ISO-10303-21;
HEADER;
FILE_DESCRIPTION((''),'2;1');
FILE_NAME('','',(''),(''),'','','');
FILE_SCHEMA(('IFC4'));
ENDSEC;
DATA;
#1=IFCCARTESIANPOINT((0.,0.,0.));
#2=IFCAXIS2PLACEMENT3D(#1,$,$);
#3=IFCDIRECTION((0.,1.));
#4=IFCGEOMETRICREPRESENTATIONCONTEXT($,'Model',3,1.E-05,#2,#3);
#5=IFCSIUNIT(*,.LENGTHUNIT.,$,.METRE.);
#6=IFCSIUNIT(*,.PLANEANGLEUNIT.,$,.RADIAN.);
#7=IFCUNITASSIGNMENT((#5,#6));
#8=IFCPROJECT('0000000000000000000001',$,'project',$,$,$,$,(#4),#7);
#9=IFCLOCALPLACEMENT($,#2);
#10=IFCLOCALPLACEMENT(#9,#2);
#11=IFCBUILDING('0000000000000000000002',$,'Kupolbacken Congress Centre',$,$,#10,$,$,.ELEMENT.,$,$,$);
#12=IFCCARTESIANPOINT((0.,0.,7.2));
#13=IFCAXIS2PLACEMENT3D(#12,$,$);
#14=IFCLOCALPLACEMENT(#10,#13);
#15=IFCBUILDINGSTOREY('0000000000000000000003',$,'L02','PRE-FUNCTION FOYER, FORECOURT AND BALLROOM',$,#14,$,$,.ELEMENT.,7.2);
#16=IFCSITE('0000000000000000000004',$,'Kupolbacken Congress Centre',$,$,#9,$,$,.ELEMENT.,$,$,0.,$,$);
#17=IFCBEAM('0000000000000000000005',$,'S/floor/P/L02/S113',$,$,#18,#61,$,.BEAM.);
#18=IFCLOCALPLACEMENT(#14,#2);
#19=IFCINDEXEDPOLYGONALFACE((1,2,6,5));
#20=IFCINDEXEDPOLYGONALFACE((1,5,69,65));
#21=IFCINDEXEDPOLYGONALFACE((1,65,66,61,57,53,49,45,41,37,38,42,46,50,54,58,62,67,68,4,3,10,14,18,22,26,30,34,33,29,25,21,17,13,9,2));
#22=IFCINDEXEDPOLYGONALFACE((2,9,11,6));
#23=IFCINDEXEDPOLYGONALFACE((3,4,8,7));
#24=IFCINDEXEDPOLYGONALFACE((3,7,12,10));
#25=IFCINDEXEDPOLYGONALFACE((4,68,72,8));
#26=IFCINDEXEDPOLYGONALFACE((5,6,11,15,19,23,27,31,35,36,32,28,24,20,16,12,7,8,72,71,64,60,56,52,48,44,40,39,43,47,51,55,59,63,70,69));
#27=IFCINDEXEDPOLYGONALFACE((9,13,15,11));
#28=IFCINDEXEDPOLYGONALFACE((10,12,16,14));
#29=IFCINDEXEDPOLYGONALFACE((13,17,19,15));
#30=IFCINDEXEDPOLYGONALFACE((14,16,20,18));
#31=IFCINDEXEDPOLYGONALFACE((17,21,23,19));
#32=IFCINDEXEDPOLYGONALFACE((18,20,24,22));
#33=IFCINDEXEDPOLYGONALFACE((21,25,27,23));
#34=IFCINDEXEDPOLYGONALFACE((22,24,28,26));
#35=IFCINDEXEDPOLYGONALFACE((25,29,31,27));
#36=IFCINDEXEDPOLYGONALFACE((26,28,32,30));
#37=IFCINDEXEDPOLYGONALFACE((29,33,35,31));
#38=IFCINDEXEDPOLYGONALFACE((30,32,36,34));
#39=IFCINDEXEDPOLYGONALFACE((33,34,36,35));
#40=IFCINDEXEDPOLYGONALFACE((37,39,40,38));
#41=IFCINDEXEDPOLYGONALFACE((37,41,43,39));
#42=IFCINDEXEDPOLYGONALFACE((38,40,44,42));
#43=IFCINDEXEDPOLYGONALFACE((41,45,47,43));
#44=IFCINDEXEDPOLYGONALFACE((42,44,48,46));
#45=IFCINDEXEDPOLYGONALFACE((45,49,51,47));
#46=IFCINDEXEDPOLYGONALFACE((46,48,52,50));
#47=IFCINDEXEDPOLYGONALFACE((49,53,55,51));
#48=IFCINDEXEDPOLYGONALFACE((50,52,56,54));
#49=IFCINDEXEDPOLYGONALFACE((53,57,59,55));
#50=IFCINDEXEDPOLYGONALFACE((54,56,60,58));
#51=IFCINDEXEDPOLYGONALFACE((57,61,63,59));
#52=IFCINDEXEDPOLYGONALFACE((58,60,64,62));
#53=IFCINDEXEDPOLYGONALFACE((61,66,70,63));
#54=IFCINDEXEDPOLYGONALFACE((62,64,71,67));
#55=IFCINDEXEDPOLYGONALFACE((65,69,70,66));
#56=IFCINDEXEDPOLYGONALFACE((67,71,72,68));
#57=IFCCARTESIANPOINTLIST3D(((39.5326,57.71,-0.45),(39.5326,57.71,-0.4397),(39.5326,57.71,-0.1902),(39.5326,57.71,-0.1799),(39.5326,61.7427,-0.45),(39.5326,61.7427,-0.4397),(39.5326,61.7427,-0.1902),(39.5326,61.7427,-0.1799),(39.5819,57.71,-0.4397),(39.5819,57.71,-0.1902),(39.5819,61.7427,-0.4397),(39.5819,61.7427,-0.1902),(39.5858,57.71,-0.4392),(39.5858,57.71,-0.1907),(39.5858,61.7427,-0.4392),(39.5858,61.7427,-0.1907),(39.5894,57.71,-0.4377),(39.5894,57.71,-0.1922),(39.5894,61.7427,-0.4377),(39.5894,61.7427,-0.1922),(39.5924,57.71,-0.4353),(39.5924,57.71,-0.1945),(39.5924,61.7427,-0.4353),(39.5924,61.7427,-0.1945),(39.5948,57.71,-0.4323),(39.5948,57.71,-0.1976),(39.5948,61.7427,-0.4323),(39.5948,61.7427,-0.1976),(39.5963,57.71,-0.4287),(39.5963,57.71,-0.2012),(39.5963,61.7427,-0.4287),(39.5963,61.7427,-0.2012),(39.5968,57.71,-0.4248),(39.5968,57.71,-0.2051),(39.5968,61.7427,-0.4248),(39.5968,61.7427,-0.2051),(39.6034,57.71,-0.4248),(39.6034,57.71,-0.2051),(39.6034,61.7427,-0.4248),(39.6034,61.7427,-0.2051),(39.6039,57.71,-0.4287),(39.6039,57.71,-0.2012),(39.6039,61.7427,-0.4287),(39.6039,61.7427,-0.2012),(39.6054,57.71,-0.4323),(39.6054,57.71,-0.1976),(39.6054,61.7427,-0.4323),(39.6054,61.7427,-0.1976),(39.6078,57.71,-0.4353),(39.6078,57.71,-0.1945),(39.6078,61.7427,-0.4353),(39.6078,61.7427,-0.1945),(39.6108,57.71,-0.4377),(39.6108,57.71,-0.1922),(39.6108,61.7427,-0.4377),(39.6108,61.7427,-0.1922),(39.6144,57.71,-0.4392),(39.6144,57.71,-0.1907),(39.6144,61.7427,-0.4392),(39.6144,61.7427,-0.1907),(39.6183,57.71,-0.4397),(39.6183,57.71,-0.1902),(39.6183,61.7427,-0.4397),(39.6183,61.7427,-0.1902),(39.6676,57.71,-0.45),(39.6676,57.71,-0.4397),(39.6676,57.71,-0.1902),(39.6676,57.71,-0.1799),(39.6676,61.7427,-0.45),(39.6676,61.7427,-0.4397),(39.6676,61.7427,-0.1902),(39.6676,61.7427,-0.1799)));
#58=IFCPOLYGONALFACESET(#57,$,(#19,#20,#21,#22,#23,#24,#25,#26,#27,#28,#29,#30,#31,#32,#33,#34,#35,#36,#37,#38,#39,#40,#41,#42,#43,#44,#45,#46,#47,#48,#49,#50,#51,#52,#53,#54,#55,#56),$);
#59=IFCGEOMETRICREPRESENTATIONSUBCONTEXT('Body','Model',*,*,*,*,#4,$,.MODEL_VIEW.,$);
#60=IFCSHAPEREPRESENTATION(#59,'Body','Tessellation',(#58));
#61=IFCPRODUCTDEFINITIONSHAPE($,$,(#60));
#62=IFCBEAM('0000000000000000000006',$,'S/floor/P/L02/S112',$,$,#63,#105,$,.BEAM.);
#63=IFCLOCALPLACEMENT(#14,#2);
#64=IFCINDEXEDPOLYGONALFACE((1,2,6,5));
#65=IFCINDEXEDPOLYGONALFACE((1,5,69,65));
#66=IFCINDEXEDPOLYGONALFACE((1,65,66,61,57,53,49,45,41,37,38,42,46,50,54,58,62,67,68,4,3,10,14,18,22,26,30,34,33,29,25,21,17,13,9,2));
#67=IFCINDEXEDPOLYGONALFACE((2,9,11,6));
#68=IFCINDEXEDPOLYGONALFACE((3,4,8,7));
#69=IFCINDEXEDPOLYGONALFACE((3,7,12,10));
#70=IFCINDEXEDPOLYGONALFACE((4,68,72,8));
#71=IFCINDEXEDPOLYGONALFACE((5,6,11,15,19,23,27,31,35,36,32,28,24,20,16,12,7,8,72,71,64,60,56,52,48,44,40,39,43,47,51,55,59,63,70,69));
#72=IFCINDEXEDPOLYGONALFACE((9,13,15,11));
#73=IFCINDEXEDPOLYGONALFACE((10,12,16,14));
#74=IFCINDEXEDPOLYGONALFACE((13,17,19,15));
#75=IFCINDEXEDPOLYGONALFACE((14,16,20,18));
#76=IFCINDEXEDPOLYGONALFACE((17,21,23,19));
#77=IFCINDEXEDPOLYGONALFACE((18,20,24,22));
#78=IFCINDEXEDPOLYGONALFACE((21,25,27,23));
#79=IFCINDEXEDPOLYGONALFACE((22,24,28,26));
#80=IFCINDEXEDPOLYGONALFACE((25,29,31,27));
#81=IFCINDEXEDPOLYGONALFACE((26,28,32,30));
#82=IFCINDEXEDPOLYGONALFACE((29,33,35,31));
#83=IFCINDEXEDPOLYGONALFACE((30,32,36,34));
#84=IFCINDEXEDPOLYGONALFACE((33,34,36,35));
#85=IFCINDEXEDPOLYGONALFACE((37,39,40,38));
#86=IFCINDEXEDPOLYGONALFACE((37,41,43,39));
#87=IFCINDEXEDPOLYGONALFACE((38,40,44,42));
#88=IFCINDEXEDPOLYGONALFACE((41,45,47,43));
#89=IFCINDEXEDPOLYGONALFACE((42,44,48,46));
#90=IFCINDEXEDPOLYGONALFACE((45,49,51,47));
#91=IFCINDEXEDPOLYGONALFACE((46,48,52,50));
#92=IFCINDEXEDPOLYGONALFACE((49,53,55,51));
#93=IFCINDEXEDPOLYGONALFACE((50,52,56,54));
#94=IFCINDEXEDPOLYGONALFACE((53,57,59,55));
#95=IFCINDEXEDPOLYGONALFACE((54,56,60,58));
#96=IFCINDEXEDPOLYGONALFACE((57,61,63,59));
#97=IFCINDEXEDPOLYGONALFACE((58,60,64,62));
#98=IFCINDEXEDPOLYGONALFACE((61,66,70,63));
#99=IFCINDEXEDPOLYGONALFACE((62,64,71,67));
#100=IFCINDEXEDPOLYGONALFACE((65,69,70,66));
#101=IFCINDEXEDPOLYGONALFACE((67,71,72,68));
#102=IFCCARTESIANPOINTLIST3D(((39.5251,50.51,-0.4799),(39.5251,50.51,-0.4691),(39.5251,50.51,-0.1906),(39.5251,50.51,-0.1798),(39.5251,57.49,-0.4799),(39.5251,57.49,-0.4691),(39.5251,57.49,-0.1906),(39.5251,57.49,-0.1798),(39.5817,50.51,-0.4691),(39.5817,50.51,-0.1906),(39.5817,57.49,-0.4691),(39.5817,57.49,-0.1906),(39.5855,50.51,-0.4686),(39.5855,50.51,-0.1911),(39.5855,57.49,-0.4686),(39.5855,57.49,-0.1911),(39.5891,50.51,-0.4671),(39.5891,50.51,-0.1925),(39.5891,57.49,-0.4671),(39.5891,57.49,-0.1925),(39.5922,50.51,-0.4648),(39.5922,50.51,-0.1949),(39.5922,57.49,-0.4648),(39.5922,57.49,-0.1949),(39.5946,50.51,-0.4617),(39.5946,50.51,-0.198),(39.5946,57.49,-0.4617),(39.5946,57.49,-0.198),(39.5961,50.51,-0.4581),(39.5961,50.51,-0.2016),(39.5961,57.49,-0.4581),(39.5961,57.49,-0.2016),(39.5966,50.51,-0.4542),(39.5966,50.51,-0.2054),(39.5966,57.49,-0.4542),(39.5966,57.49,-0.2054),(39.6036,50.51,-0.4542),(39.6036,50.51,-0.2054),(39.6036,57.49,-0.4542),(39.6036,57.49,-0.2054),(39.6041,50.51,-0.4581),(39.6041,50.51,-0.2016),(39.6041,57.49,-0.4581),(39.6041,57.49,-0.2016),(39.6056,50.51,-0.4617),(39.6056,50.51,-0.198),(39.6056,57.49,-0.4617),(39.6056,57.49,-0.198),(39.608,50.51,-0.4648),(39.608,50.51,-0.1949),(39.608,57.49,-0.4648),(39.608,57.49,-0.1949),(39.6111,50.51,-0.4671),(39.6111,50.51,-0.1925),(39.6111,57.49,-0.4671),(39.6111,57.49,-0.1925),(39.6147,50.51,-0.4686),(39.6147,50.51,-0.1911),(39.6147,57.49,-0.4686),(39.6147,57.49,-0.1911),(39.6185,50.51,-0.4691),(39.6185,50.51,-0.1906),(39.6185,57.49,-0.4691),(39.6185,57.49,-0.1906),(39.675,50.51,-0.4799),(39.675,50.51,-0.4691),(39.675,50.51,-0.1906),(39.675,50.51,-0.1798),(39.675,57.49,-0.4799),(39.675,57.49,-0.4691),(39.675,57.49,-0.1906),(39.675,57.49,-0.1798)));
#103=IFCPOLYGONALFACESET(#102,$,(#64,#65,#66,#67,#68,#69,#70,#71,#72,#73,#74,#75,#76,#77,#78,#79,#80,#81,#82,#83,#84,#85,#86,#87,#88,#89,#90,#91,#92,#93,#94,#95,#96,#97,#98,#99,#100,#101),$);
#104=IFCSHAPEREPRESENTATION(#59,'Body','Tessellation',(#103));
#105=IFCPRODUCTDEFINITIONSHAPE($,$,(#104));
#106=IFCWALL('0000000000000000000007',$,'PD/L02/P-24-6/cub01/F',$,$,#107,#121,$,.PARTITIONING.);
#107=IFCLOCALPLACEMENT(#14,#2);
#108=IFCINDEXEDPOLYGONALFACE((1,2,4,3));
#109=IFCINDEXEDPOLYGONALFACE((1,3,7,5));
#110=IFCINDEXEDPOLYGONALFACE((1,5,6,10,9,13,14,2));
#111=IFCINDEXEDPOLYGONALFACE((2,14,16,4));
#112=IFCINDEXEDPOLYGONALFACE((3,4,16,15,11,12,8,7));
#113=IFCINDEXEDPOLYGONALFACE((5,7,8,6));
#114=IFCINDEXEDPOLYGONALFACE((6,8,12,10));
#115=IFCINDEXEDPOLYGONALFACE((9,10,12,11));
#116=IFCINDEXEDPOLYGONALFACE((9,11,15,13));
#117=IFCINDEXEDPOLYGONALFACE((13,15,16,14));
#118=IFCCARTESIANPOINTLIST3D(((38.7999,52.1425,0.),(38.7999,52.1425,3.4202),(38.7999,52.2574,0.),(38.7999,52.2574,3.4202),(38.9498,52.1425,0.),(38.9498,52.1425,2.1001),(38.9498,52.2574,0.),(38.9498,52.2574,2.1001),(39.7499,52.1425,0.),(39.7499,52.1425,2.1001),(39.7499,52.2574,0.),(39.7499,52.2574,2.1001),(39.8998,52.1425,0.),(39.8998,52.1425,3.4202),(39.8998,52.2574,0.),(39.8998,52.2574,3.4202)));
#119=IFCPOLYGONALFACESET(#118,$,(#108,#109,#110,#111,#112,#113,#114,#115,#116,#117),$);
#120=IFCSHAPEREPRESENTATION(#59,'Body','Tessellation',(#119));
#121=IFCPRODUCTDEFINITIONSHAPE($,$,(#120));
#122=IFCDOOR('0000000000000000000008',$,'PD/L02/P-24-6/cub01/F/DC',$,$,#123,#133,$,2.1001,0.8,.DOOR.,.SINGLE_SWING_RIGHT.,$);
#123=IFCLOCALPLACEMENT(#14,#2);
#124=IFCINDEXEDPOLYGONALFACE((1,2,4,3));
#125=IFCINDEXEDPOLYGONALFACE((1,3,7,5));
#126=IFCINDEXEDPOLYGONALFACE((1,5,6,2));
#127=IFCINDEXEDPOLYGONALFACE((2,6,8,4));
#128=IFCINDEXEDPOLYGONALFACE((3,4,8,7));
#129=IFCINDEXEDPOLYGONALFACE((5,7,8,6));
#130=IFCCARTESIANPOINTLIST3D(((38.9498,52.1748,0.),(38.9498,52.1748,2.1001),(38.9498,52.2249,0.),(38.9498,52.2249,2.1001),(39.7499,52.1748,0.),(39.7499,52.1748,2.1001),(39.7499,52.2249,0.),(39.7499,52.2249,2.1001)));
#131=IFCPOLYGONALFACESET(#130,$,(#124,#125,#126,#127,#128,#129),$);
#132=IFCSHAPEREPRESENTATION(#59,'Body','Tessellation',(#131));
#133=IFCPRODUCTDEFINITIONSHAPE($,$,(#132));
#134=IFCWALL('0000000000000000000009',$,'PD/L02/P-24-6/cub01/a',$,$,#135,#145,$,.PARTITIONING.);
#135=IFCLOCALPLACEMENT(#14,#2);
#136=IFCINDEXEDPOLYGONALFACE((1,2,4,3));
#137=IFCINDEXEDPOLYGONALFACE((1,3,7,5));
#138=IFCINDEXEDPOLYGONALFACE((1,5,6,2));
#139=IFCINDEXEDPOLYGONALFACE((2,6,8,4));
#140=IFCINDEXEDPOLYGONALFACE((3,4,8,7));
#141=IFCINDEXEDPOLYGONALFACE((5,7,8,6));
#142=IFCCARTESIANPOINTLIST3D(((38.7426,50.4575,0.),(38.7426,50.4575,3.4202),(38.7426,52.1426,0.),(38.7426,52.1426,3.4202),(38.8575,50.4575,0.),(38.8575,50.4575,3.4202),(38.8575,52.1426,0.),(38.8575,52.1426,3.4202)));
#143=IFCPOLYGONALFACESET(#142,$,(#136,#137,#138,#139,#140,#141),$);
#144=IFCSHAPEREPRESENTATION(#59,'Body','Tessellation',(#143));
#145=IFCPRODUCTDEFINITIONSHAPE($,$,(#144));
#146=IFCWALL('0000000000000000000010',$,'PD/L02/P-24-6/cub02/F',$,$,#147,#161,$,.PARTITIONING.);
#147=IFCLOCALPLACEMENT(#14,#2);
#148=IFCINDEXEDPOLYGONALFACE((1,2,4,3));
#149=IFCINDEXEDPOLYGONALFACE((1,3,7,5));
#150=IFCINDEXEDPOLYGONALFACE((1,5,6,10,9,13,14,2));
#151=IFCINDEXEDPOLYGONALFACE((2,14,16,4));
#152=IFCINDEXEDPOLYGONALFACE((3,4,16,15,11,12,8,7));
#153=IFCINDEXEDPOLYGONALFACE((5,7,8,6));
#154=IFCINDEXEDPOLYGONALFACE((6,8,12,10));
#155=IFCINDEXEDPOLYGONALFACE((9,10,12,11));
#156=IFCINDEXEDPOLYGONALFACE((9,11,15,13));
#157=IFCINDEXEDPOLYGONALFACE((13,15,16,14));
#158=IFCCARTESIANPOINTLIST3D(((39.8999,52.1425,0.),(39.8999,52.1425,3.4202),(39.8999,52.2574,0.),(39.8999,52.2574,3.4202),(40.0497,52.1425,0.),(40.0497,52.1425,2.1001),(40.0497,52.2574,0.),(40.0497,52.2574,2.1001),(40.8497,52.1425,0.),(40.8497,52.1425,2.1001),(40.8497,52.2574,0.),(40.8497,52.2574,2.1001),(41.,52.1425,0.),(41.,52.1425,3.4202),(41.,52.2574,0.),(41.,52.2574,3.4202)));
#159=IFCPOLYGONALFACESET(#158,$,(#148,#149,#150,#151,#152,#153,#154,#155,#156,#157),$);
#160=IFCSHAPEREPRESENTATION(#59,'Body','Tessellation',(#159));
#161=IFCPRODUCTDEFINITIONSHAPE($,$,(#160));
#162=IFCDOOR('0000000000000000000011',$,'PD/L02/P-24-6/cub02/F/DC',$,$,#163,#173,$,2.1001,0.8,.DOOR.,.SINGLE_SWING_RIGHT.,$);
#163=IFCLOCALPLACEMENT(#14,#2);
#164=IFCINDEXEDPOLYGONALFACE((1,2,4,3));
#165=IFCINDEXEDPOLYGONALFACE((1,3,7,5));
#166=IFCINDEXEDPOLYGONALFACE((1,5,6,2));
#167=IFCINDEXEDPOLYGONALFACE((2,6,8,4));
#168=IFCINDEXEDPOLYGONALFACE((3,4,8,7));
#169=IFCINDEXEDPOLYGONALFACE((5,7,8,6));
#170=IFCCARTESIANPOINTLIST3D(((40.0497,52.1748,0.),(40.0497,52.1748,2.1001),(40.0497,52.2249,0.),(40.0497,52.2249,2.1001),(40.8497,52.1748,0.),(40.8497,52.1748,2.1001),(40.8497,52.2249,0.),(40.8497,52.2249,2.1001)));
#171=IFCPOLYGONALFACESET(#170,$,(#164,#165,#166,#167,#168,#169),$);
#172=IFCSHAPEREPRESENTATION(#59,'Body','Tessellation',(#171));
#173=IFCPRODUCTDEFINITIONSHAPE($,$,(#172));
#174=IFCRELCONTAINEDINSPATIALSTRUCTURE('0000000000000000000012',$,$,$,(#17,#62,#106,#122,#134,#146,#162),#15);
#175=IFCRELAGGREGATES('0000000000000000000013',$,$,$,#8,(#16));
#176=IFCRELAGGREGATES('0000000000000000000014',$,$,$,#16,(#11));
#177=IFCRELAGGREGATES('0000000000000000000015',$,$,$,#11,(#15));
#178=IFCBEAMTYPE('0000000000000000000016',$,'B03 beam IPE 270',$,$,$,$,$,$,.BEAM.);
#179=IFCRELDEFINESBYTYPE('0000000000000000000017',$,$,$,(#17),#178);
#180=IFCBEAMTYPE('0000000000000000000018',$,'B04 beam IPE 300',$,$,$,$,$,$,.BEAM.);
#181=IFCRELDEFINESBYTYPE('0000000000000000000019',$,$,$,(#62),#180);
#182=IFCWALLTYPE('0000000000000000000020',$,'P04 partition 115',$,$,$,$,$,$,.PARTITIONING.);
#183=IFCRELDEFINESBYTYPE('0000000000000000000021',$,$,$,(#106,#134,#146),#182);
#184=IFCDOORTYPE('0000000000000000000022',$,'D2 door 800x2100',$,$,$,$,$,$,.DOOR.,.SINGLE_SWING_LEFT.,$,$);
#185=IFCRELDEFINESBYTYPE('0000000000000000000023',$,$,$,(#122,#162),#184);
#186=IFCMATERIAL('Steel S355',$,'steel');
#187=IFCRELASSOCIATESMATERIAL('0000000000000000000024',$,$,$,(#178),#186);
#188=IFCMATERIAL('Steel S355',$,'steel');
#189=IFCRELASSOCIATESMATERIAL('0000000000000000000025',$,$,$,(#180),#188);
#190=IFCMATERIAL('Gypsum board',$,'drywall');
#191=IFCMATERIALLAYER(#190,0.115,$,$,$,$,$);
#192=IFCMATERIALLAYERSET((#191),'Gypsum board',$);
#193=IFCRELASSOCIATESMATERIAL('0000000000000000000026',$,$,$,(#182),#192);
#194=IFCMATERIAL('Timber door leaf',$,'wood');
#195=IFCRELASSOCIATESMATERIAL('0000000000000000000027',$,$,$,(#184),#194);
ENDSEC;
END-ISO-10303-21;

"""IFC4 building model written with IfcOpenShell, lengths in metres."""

from ifc_helpers import new_model, si_unit, direction, frame, frame_2d, origin, origin_2d, place, context, subcontext, project, spatial, rectangle, i_section, extrude, material, layer, layer_set, material_profile, profile_set, type_object, element, fill, save


model = new_model("IFC4")

# Units and contexts
model_context = context("Model", 3, precision=1e-05, world=origin(), true_north=direction((0.0, 1.0)))
body_context = subcontext(model_context, "Body", "Model", "MODEL_VIEW")
ifc_project = project(units=[si_unit("LENGTHUNIT", "METRE"), si_unit("PLANEANGLEUNIT", "RADIAN")], contexts=[model_context])

# Site, building, storey
site_placement = place(None, origin())
site = spatial("IfcSite", under=ifc_project, at=site_placement, Name="Kupolbacken Congress Centre", CompositionType="ELEMENT", RefElevation=0.0)
building_placement = place(site_placement, origin())
building = spatial("IfcBuilding", under=site, at=building_placement, Name="Kupolbacken Congress Centre", CompositionType="ELEMENT")
storey_placement = place(building_placement, frame((0.0, 0.0, 7.2)))
storey = spatial("IfcBuildingStorey", under=building, at=storey_placement, Name="L02", Description="PRE-FUNCTION FOYER, FORECOURT AND BALLROOM", CompositionType="ELEMENT", Elevation=7.2)

# Beams
ifc_material_1 = material(Name="Steel S355", Category="steel")
ifc_material_profile_1 = material_profile(ifc_material_1, i_section(OverallWidth=0.135, OverallDepth=0.27, WebThickness=0.0066, FlangeThickness=0.0103, FilletRadius=0.0149, at=origin_2d()), Name="IPE 270")
ifc_profile_set_1 = profile_set([ifc_material_profile_1], Name="Steel S355")
beam_type_1 = type_object("IfcBeamType", Name="B03 beam IPE 270", PredefinedType="BEAM", material=ifc_profile_set_1)
beam_1_placement = place(storey_placement, frame((39.6001, 57.71, -0.3149), z_axis=(0.0, 1.0, 0.0), x_axis=(-1.0, 0.0, 0.0)))
element("IfcBeam", 1, at=beam_1_placement, inside=storey, type_object=beam_type_1, Name="S/floor/P/L02/S113", PredefinedType="BEAM", context=body_context, shape_type="SweptSolid", body=[
    extrude(i_section(OverallWidth=0.135, OverallDepth=0.27, WebThickness=0.0066, FlangeThickness=0.0103, FilletRadius=0.0149, at=origin_2d()), origin(), (0.0, 0.0, 1.0), 4.0327),
])
ifc_material_2 = material(Name="Steel S355", Category="steel")
ifc_material_profile_2 = material_profile(ifc_material_2, i_section(OverallWidth=0.1499, OverallDepth=0.3, WebThickness=0.0071, FlangeThickness=0.0107, FilletRadius=0.0149, at=origin_2d()), Name="IPE 300")
ifc_profile_set_2 = profile_set([ifc_material_profile_2], Name="Steel S355")
beam_type_2 = type_object("IfcBeamType", Name="B04 beam IPE 300", PredefinedType="BEAM", material=ifc_profile_set_2)
beam_2_placement = place(storey_placement, frame((39.6001, 50.51, -0.3298), z_axis=(0.0, 1.0, 0.0), x_axis=(-1.0, 0.0, 0.0)))
element("IfcBeam", 2, at=beam_2_placement, inside=storey, type_object=beam_type_2, Name="S/floor/P/L02/S112", PredefinedType="BEAM", context=body_context, shape_type="SweptSolid", body=[
    extrude(i_section(OverallWidth=0.1499, OverallDepth=0.3, WebThickness=0.0071, FlangeThickness=0.0107, FilletRadius=0.0149, at=origin_2d()), origin(), (0.0, 0.0, 1.0), 6.98),
])

# Wall, opening, door
ifc_material_3 = material(Name="Gypsum board", Category="drywall")
ifc_layer_1 = layer(ifc_material_3, 0.115)
ifc_layer_set_1 = layer_set([ifc_layer_1], Name="Gypsum board")
wall_type_1 = type_object("IfcWallType", Name="P04 partition 115", PredefinedType="PARTITIONING", material=ifc_layer_set_1)
wall_1_placement = place(storey_placement, frame((38.8, 52.2, 0.0), z_axis=(0.0, 0.0, 1.0), x_axis=(1.0, 0.0, 0.0)))
wall_1 = element("IfcWall", 3, at=wall_1_placement, inside=storey, type_object=wall_type_1, Name="PD/L02/P-24-6/cub01/F", PredefinedType="PARTITIONING", context=body_context, shape_type="SweptSolid", body=[
    extrude(rectangle(XDim=1.0999, YDim=0.115, at=frame_2d((0.5498, 0.0))), origin(), (0.0, 0.0, 1.0), 3.4202),
])
opening_1_placement = place(wall_1_placement, frame((0.1499, 0.0, 0.0)))
opening_1 = element("IfcOpeningElement", 4, at=opening_1_placement, cuts=wall_1, PredefinedType="OPENING", context=body_context, shape_type="SweptSolid", body=[
    extrude(rectangle(XDim=0.8, YDim=2.1001, at=frame_2d((0.3999, 1.05))), frame((0.0, 0.0674, 0.0), z_axis=(0.0, -1.0, 0.0), x_axis=(1.0, 0.0, 0.0)), (0.0, 0.0, 1.0), 0.135),
])
ifc_material_4 = material(Name="Timber door leaf", Category="wood")
door_type_1 = type_object("IfcDoorType", Name="D2 door 800x2100", OperationType="SINGLE_SWING_LEFT", PredefinedType="DOOR", material=ifc_material_4)
door_1_placement = place(opening_1_placement, origin())
door_1 = element("IfcDoor", 5, at=door_1_placement, inside=storey, type_object=door_type_1, Name="PD/L02/P-24-6/cub01/F/DC", OperationType="SINGLE_SWING_RIGHT", OverallHeight=2.1001, OverallWidth=0.8, PredefinedType="DOOR", context=body_context, shape_type="SweptSolid", body=[
    extrude(rectangle(XDim=0.8, YDim=2.1001, at=frame_2d((0.3999, 1.05))), frame((0.0, 0.0249, 0.0), z_axis=(0.0, -1.0, 0.0), x_axis=(1.0, 0.0, 0.0)), (0.0, 0.0, 1.0), 0.05),
])
fill(opening_1, door_1)

# Wall
wall_2_placement = place(storey_placement, frame((38.8, 50.4575, 0.0), z_axis=(0.0, 0.0, 1.0), x_axis=(0.0, 1.0, 0.0)))
element("IfcWall", 6, at=wall_2_placement, inside=storey, type_object=wall_type_1, Name="PD/L02/P-24-6/cub01/a", PredefinedType="PARTITIONING", context=body_context, shape_type="SweptSolid", body=[
    extrude(rectangle(XDim=1.6851, YDim=0.115, at=frame_2d((0.8425, 0.0))), origin(), (0.0, 0.0, 1.0), 3.4202),
])

# Wall, opening, door
wall_3_placement = place(storey_placement, frame((39.8999, 52.2, 0.0), z_axis=(0.0, 0.0, 1.0), x_axis=(1.0, 0.0, 0.0)))
wall_3 = element("IfcWall", 7, at=wall_3_placement, inside=storey, type_object=wall_type_1, Name="PD/L02/P-24-6/cub02/F", PredefinedType="PARTITIONING", context=body_context, shape_type="SweptSolid", body=[
    extrude(rectangle(XDim=1.1001, YDim=0.115, at=frame_2d((0.55, 0.0))), origin(), (0.0, 0.0, 1.0), 3.4202),
])
opening_2_placement = place(wall_3_placement, frame((0.1499, 0.0, 0.0)))
opening_2 = element("IfcOpeningElement", 8, at=opening_2_placement, cuts=wall_3, PredefinedType="OPENING", context=body_context, shape_type="SweptSolid", body=[
    extrude(rectangle(XDim=0.8, YDim=2.1001, at=frame_2d((0.3999, 1.05))), frame((0.0, 0.0674, 0.0), z_axis=(0.0, -1.0, 0.0), x_axis=(1.0, 0.0, 0.0)), (0.0, 0.0, 1.0), 0.135),
])
door_2_placement = place(opening_2_placement, origin())
door_2 = element("IfcDoor", 9, at=door_2_placement, inside=storey, type_object=door_type_1, Name="PD/L02/P-24-6/cub02/F/DC", OperationType="SINGLE_SWING_RIGHT", OverallHeight=2.1001, OverallWidth=0.8, PredefinedType="DOOR", context=body_context, shape_type="SweptSolid", body=[
    extrude(rectangle(XDim=0.8, YDim=2.1001, at=frame_2d((0.3999, 1.05))), frame((0.0, 0.0249, 0.0), z_axis=(0.0, -1.0, 0.0), x_axis=(1.0, 0.0, 0.0)), (0.0, 0.0, 1.0), 0.05),
])
fill(opening_2, door_2)

save(model, "model.ifc")
